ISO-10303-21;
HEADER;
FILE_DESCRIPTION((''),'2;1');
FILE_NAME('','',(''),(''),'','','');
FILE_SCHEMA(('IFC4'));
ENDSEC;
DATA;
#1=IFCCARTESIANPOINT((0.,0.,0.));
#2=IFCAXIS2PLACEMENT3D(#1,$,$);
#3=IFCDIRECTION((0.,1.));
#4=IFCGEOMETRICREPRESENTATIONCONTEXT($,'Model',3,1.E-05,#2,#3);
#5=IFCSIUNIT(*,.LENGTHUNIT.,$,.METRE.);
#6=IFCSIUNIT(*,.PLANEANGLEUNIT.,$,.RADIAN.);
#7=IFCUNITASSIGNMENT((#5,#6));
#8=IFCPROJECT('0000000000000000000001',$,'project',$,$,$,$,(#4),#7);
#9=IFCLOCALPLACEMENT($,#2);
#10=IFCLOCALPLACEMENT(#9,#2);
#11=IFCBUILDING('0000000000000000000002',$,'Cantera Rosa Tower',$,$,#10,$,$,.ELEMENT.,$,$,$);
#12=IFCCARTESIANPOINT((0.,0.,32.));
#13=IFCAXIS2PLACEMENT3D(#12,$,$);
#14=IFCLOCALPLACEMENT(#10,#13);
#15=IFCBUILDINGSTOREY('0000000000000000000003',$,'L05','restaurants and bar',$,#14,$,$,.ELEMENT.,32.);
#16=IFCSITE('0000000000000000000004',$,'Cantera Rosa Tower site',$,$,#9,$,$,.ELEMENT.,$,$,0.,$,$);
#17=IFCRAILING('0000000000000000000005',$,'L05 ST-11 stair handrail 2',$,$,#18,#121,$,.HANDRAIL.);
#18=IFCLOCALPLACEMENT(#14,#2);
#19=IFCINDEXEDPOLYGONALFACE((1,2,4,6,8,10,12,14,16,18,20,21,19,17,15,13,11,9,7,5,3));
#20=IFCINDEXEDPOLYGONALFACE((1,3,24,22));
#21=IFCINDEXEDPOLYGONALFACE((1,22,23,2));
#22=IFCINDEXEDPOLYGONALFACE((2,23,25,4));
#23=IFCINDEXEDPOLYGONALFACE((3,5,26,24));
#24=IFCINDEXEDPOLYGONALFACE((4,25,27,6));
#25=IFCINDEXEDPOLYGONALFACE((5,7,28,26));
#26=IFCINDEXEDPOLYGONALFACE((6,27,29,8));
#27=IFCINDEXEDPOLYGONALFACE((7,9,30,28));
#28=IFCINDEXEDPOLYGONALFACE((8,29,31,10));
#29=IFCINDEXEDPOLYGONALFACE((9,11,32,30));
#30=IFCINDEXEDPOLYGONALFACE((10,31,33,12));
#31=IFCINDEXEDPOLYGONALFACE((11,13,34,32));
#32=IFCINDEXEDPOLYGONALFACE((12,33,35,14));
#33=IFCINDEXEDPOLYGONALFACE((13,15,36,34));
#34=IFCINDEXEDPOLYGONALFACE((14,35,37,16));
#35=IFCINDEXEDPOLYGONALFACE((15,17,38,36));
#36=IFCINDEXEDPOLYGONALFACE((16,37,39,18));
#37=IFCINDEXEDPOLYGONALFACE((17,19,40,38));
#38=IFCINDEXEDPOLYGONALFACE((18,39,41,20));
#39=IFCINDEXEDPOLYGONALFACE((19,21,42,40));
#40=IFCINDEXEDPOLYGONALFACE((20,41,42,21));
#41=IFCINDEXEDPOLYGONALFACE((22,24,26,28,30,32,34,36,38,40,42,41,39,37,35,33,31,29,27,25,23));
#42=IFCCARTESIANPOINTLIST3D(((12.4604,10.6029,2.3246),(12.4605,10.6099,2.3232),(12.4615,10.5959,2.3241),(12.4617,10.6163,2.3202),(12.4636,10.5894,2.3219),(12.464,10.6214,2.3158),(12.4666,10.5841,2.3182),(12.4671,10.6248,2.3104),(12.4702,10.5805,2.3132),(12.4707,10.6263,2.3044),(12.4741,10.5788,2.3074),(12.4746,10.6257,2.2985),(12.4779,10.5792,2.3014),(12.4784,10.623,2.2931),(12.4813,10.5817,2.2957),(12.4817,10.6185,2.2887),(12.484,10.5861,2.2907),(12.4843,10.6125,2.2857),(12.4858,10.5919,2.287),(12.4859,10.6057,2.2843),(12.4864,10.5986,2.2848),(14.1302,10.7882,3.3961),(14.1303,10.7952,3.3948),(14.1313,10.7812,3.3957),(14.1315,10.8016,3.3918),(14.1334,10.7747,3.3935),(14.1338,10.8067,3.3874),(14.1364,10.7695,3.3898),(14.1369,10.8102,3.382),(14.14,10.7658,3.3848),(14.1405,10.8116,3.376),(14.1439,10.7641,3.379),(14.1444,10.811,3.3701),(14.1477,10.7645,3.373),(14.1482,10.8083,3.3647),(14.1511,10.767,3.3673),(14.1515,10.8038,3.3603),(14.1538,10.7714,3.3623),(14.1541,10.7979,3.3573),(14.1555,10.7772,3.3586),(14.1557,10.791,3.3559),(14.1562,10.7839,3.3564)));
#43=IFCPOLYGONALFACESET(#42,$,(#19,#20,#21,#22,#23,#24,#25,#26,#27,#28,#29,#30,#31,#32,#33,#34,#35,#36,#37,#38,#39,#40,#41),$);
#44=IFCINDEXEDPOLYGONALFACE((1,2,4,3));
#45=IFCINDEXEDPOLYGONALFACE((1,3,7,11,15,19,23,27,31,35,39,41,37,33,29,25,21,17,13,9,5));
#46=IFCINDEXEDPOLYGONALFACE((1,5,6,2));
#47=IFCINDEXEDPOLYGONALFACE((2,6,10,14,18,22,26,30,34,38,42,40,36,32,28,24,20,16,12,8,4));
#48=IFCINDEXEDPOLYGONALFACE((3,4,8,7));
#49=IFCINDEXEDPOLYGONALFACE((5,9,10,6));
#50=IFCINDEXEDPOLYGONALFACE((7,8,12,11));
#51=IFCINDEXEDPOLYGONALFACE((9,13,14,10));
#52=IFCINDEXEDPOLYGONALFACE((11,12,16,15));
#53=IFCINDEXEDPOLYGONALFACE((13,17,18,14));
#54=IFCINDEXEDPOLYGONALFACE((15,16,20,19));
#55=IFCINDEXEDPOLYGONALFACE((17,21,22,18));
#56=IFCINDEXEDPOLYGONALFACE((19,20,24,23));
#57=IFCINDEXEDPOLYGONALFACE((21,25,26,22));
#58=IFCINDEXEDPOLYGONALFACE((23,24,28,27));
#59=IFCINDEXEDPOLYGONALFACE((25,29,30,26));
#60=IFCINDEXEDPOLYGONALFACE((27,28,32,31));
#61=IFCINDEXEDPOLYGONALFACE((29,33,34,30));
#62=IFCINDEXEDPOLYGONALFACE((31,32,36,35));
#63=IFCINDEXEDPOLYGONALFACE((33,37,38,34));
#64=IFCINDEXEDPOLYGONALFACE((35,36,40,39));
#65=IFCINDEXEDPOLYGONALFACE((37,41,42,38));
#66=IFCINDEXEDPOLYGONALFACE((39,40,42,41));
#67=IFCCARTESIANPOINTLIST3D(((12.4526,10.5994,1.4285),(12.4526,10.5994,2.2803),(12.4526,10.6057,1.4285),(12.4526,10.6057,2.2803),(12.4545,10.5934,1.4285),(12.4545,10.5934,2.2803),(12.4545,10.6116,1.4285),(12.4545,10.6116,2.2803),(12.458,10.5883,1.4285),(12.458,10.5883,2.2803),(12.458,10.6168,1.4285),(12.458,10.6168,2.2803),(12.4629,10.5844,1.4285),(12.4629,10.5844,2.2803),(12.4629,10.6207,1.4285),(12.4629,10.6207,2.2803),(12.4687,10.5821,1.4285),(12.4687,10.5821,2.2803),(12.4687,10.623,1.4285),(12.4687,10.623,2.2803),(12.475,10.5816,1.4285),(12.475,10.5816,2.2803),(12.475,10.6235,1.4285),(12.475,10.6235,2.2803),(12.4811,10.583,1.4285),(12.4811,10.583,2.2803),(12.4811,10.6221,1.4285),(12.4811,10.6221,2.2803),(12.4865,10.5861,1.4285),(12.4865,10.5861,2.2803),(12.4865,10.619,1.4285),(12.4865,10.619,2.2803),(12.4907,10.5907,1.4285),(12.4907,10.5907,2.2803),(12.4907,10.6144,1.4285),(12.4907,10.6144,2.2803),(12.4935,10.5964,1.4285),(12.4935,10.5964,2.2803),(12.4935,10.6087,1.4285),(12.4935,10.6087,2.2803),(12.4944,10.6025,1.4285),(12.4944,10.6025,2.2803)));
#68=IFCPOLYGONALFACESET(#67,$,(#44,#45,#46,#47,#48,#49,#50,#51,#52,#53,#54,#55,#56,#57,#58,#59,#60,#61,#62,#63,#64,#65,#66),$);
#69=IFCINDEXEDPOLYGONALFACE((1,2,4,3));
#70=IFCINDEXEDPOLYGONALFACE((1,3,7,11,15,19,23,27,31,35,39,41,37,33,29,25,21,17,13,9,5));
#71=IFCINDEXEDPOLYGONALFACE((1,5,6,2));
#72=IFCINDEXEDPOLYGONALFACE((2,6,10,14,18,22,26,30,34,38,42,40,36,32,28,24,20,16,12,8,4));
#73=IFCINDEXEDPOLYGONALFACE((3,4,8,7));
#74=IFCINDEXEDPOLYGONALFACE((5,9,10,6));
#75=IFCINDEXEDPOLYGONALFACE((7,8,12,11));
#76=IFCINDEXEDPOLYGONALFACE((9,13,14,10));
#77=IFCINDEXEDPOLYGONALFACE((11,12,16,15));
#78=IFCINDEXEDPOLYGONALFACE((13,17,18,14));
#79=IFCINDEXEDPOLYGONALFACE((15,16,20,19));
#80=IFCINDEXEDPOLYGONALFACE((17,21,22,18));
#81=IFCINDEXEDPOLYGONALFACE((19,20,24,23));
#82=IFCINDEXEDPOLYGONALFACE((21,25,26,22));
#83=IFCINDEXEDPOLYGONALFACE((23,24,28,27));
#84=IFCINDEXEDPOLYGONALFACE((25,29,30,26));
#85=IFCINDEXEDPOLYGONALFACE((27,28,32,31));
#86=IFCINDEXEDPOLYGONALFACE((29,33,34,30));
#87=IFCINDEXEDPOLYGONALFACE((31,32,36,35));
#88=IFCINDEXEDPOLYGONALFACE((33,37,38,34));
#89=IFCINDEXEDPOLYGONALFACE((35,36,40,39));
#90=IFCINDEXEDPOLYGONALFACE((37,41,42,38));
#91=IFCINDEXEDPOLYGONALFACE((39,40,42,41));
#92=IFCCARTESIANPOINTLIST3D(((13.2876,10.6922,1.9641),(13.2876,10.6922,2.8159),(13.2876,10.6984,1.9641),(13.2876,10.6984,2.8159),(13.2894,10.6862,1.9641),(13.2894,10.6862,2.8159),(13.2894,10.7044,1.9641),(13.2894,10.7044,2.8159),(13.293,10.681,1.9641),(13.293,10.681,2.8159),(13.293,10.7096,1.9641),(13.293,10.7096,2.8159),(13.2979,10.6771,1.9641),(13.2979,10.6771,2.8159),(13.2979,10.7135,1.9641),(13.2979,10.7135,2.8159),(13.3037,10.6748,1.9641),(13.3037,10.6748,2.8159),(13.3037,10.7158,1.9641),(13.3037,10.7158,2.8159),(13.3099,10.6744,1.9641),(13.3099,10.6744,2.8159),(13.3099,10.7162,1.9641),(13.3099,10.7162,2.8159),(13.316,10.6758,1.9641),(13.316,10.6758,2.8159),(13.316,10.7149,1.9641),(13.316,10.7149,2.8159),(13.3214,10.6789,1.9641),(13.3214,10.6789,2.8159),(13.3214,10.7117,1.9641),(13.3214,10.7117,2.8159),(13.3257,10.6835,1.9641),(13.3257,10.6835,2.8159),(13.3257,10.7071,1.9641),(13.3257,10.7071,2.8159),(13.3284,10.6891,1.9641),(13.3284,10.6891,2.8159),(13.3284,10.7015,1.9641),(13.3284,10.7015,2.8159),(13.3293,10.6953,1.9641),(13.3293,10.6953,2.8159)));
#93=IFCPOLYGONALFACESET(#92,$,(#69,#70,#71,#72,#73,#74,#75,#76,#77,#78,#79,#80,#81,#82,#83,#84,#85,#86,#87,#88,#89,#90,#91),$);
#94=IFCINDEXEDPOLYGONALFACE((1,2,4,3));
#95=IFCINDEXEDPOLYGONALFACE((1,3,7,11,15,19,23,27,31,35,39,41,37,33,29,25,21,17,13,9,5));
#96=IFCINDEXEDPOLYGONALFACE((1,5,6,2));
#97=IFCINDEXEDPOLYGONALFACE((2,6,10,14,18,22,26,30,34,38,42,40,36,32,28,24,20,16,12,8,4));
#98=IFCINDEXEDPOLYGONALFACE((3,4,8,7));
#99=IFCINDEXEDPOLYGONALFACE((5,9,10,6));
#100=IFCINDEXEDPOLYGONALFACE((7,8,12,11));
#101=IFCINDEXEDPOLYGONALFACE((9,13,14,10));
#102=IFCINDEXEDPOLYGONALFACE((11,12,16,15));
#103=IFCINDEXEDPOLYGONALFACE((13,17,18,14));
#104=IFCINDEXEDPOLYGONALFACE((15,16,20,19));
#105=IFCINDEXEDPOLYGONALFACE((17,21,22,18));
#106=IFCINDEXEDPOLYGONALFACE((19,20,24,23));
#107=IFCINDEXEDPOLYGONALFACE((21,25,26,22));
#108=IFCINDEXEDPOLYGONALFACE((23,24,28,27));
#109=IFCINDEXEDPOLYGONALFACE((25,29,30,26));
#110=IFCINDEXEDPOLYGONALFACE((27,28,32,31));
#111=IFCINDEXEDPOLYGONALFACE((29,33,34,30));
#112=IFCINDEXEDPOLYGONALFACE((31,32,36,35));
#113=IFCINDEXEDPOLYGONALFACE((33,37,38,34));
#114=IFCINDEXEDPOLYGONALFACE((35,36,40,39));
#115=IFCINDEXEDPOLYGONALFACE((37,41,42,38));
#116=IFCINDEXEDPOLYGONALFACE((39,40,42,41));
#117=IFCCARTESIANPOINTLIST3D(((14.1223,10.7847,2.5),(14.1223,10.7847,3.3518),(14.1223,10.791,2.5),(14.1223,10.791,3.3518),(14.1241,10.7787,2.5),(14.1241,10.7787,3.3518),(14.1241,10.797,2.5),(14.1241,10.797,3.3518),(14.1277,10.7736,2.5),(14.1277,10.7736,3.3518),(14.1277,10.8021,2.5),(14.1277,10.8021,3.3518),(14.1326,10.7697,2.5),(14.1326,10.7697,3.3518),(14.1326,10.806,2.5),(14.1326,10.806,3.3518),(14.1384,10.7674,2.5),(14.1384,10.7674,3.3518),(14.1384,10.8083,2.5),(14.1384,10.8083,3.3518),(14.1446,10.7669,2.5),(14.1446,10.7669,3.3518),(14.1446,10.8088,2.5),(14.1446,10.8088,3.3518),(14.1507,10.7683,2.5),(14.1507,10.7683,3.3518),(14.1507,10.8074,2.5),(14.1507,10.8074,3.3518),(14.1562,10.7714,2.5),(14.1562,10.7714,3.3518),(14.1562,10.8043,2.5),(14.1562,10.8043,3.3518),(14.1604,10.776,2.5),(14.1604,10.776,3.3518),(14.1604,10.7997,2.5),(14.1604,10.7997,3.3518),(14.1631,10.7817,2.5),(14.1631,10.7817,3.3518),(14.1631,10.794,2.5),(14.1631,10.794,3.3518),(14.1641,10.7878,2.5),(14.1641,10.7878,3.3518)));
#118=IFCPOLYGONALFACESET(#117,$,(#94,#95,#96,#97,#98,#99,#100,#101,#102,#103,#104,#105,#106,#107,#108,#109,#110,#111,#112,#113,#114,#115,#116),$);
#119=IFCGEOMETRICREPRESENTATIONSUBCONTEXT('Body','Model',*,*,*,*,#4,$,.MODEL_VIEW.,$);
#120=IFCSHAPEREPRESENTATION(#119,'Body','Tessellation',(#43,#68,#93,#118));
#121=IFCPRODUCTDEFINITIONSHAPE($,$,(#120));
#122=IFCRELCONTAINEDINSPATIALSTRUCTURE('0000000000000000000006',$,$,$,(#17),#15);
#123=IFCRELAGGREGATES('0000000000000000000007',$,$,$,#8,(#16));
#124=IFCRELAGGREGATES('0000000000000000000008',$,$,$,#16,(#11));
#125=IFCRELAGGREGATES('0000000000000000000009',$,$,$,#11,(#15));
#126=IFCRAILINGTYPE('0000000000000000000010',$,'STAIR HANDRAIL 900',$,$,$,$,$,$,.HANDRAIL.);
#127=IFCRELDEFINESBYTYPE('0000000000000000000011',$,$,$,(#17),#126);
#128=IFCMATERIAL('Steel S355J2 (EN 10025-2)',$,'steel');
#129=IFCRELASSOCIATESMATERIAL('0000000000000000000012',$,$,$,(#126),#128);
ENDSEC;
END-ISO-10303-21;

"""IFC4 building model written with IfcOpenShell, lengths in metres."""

from ifc_helpers import new_model, si_unit, direction, frame, origin, origin_2d, place, context, subcontext, project, spatial, circle, extrude, material, type_object, element, save


model = new_model("IFC4")

# Units and contexts
model_context = context("Model", 3, precision=1e-05, world=origin(), true_north=direction((0.0, 1.0)))
body_context = subcontext(model_context, "Body", "Model", "MODEL_VIEW")
ifc_project = project(units=[si_unit("LENGTHUNIT", "METRE"), si_unit("PLANEANGLEUNIT", "RADIAN")], contexts=[model_context])

# Site, building, storey
site_placement = place(None, origin())
site = spatial("IfcSite", under=ifc_project, at=site_placement, Name="Cantera Rosa Tower site", CompositionType="ELEMENT", RefElevation=0.0)
building_placement = place(site_placement, origin())
building = spatial("IfcBuilding", under=site, at=building_placement, Name="Cantera Rosa Tower", CompositionType="ELEMENT")
storey_placement = place(building_placement, frame((0.0, 0.0, 32.0)))
storey = spatial("IfcBuildingStorey", under=building, at=storey_placement, Name="L05", Description="restaurants and bar", CompositionType="ELEMENT", Elevation=32.0)

# Railing
ifc_material_1 = material(Name="Steel S355J2 (EN 10025-2)", Category="steel")
railing_type_1 = type_object("IfcRailingType", Name="STAIR HANDRAIL 900", PredefinedType="HANDRAIL", material=ifc_material_1)
railing_1_placement = place(storey_placement, frame((12.4734, 10.6025, 1.4285)))
element("IfcRailing", 1, at=railing_1_placement, inside=storey, type_object=railing_type_1, Name="L05 ST-11 stair handrail 2", PredefinedType="HANDRAIL", context=body_context, shape_type="SweptSolid", body=[
    extrude(circle(Radius=0.0239, at=origin_2d()), frame((0.0, 0.0, 0.876), z_axis=(0.837951, 0.092997, 0.537764), x_axis=(-0.110304, 0.993898, 0.0)), (0.0, 0.0, 1.0), 1.9927),
    extrude(circle(Radius=0.021, at=origin_2d()), origin(), (0.0, 0.0, 1.0), 0.8518),
    extrude(circle(Radius=0.021, at=origin_2d()), frame((0.835, 0.0928, 0.5356)), (0.0, 0.0, 1.0), 0.8518),
    extrude(circle(Radius=0.021, at=origin_2d()), frame((1.6697, 0.1853, 1.0715)), (0.0, 0.0, 1.0), 0.8518),
])

save(model, "model.ifc")
